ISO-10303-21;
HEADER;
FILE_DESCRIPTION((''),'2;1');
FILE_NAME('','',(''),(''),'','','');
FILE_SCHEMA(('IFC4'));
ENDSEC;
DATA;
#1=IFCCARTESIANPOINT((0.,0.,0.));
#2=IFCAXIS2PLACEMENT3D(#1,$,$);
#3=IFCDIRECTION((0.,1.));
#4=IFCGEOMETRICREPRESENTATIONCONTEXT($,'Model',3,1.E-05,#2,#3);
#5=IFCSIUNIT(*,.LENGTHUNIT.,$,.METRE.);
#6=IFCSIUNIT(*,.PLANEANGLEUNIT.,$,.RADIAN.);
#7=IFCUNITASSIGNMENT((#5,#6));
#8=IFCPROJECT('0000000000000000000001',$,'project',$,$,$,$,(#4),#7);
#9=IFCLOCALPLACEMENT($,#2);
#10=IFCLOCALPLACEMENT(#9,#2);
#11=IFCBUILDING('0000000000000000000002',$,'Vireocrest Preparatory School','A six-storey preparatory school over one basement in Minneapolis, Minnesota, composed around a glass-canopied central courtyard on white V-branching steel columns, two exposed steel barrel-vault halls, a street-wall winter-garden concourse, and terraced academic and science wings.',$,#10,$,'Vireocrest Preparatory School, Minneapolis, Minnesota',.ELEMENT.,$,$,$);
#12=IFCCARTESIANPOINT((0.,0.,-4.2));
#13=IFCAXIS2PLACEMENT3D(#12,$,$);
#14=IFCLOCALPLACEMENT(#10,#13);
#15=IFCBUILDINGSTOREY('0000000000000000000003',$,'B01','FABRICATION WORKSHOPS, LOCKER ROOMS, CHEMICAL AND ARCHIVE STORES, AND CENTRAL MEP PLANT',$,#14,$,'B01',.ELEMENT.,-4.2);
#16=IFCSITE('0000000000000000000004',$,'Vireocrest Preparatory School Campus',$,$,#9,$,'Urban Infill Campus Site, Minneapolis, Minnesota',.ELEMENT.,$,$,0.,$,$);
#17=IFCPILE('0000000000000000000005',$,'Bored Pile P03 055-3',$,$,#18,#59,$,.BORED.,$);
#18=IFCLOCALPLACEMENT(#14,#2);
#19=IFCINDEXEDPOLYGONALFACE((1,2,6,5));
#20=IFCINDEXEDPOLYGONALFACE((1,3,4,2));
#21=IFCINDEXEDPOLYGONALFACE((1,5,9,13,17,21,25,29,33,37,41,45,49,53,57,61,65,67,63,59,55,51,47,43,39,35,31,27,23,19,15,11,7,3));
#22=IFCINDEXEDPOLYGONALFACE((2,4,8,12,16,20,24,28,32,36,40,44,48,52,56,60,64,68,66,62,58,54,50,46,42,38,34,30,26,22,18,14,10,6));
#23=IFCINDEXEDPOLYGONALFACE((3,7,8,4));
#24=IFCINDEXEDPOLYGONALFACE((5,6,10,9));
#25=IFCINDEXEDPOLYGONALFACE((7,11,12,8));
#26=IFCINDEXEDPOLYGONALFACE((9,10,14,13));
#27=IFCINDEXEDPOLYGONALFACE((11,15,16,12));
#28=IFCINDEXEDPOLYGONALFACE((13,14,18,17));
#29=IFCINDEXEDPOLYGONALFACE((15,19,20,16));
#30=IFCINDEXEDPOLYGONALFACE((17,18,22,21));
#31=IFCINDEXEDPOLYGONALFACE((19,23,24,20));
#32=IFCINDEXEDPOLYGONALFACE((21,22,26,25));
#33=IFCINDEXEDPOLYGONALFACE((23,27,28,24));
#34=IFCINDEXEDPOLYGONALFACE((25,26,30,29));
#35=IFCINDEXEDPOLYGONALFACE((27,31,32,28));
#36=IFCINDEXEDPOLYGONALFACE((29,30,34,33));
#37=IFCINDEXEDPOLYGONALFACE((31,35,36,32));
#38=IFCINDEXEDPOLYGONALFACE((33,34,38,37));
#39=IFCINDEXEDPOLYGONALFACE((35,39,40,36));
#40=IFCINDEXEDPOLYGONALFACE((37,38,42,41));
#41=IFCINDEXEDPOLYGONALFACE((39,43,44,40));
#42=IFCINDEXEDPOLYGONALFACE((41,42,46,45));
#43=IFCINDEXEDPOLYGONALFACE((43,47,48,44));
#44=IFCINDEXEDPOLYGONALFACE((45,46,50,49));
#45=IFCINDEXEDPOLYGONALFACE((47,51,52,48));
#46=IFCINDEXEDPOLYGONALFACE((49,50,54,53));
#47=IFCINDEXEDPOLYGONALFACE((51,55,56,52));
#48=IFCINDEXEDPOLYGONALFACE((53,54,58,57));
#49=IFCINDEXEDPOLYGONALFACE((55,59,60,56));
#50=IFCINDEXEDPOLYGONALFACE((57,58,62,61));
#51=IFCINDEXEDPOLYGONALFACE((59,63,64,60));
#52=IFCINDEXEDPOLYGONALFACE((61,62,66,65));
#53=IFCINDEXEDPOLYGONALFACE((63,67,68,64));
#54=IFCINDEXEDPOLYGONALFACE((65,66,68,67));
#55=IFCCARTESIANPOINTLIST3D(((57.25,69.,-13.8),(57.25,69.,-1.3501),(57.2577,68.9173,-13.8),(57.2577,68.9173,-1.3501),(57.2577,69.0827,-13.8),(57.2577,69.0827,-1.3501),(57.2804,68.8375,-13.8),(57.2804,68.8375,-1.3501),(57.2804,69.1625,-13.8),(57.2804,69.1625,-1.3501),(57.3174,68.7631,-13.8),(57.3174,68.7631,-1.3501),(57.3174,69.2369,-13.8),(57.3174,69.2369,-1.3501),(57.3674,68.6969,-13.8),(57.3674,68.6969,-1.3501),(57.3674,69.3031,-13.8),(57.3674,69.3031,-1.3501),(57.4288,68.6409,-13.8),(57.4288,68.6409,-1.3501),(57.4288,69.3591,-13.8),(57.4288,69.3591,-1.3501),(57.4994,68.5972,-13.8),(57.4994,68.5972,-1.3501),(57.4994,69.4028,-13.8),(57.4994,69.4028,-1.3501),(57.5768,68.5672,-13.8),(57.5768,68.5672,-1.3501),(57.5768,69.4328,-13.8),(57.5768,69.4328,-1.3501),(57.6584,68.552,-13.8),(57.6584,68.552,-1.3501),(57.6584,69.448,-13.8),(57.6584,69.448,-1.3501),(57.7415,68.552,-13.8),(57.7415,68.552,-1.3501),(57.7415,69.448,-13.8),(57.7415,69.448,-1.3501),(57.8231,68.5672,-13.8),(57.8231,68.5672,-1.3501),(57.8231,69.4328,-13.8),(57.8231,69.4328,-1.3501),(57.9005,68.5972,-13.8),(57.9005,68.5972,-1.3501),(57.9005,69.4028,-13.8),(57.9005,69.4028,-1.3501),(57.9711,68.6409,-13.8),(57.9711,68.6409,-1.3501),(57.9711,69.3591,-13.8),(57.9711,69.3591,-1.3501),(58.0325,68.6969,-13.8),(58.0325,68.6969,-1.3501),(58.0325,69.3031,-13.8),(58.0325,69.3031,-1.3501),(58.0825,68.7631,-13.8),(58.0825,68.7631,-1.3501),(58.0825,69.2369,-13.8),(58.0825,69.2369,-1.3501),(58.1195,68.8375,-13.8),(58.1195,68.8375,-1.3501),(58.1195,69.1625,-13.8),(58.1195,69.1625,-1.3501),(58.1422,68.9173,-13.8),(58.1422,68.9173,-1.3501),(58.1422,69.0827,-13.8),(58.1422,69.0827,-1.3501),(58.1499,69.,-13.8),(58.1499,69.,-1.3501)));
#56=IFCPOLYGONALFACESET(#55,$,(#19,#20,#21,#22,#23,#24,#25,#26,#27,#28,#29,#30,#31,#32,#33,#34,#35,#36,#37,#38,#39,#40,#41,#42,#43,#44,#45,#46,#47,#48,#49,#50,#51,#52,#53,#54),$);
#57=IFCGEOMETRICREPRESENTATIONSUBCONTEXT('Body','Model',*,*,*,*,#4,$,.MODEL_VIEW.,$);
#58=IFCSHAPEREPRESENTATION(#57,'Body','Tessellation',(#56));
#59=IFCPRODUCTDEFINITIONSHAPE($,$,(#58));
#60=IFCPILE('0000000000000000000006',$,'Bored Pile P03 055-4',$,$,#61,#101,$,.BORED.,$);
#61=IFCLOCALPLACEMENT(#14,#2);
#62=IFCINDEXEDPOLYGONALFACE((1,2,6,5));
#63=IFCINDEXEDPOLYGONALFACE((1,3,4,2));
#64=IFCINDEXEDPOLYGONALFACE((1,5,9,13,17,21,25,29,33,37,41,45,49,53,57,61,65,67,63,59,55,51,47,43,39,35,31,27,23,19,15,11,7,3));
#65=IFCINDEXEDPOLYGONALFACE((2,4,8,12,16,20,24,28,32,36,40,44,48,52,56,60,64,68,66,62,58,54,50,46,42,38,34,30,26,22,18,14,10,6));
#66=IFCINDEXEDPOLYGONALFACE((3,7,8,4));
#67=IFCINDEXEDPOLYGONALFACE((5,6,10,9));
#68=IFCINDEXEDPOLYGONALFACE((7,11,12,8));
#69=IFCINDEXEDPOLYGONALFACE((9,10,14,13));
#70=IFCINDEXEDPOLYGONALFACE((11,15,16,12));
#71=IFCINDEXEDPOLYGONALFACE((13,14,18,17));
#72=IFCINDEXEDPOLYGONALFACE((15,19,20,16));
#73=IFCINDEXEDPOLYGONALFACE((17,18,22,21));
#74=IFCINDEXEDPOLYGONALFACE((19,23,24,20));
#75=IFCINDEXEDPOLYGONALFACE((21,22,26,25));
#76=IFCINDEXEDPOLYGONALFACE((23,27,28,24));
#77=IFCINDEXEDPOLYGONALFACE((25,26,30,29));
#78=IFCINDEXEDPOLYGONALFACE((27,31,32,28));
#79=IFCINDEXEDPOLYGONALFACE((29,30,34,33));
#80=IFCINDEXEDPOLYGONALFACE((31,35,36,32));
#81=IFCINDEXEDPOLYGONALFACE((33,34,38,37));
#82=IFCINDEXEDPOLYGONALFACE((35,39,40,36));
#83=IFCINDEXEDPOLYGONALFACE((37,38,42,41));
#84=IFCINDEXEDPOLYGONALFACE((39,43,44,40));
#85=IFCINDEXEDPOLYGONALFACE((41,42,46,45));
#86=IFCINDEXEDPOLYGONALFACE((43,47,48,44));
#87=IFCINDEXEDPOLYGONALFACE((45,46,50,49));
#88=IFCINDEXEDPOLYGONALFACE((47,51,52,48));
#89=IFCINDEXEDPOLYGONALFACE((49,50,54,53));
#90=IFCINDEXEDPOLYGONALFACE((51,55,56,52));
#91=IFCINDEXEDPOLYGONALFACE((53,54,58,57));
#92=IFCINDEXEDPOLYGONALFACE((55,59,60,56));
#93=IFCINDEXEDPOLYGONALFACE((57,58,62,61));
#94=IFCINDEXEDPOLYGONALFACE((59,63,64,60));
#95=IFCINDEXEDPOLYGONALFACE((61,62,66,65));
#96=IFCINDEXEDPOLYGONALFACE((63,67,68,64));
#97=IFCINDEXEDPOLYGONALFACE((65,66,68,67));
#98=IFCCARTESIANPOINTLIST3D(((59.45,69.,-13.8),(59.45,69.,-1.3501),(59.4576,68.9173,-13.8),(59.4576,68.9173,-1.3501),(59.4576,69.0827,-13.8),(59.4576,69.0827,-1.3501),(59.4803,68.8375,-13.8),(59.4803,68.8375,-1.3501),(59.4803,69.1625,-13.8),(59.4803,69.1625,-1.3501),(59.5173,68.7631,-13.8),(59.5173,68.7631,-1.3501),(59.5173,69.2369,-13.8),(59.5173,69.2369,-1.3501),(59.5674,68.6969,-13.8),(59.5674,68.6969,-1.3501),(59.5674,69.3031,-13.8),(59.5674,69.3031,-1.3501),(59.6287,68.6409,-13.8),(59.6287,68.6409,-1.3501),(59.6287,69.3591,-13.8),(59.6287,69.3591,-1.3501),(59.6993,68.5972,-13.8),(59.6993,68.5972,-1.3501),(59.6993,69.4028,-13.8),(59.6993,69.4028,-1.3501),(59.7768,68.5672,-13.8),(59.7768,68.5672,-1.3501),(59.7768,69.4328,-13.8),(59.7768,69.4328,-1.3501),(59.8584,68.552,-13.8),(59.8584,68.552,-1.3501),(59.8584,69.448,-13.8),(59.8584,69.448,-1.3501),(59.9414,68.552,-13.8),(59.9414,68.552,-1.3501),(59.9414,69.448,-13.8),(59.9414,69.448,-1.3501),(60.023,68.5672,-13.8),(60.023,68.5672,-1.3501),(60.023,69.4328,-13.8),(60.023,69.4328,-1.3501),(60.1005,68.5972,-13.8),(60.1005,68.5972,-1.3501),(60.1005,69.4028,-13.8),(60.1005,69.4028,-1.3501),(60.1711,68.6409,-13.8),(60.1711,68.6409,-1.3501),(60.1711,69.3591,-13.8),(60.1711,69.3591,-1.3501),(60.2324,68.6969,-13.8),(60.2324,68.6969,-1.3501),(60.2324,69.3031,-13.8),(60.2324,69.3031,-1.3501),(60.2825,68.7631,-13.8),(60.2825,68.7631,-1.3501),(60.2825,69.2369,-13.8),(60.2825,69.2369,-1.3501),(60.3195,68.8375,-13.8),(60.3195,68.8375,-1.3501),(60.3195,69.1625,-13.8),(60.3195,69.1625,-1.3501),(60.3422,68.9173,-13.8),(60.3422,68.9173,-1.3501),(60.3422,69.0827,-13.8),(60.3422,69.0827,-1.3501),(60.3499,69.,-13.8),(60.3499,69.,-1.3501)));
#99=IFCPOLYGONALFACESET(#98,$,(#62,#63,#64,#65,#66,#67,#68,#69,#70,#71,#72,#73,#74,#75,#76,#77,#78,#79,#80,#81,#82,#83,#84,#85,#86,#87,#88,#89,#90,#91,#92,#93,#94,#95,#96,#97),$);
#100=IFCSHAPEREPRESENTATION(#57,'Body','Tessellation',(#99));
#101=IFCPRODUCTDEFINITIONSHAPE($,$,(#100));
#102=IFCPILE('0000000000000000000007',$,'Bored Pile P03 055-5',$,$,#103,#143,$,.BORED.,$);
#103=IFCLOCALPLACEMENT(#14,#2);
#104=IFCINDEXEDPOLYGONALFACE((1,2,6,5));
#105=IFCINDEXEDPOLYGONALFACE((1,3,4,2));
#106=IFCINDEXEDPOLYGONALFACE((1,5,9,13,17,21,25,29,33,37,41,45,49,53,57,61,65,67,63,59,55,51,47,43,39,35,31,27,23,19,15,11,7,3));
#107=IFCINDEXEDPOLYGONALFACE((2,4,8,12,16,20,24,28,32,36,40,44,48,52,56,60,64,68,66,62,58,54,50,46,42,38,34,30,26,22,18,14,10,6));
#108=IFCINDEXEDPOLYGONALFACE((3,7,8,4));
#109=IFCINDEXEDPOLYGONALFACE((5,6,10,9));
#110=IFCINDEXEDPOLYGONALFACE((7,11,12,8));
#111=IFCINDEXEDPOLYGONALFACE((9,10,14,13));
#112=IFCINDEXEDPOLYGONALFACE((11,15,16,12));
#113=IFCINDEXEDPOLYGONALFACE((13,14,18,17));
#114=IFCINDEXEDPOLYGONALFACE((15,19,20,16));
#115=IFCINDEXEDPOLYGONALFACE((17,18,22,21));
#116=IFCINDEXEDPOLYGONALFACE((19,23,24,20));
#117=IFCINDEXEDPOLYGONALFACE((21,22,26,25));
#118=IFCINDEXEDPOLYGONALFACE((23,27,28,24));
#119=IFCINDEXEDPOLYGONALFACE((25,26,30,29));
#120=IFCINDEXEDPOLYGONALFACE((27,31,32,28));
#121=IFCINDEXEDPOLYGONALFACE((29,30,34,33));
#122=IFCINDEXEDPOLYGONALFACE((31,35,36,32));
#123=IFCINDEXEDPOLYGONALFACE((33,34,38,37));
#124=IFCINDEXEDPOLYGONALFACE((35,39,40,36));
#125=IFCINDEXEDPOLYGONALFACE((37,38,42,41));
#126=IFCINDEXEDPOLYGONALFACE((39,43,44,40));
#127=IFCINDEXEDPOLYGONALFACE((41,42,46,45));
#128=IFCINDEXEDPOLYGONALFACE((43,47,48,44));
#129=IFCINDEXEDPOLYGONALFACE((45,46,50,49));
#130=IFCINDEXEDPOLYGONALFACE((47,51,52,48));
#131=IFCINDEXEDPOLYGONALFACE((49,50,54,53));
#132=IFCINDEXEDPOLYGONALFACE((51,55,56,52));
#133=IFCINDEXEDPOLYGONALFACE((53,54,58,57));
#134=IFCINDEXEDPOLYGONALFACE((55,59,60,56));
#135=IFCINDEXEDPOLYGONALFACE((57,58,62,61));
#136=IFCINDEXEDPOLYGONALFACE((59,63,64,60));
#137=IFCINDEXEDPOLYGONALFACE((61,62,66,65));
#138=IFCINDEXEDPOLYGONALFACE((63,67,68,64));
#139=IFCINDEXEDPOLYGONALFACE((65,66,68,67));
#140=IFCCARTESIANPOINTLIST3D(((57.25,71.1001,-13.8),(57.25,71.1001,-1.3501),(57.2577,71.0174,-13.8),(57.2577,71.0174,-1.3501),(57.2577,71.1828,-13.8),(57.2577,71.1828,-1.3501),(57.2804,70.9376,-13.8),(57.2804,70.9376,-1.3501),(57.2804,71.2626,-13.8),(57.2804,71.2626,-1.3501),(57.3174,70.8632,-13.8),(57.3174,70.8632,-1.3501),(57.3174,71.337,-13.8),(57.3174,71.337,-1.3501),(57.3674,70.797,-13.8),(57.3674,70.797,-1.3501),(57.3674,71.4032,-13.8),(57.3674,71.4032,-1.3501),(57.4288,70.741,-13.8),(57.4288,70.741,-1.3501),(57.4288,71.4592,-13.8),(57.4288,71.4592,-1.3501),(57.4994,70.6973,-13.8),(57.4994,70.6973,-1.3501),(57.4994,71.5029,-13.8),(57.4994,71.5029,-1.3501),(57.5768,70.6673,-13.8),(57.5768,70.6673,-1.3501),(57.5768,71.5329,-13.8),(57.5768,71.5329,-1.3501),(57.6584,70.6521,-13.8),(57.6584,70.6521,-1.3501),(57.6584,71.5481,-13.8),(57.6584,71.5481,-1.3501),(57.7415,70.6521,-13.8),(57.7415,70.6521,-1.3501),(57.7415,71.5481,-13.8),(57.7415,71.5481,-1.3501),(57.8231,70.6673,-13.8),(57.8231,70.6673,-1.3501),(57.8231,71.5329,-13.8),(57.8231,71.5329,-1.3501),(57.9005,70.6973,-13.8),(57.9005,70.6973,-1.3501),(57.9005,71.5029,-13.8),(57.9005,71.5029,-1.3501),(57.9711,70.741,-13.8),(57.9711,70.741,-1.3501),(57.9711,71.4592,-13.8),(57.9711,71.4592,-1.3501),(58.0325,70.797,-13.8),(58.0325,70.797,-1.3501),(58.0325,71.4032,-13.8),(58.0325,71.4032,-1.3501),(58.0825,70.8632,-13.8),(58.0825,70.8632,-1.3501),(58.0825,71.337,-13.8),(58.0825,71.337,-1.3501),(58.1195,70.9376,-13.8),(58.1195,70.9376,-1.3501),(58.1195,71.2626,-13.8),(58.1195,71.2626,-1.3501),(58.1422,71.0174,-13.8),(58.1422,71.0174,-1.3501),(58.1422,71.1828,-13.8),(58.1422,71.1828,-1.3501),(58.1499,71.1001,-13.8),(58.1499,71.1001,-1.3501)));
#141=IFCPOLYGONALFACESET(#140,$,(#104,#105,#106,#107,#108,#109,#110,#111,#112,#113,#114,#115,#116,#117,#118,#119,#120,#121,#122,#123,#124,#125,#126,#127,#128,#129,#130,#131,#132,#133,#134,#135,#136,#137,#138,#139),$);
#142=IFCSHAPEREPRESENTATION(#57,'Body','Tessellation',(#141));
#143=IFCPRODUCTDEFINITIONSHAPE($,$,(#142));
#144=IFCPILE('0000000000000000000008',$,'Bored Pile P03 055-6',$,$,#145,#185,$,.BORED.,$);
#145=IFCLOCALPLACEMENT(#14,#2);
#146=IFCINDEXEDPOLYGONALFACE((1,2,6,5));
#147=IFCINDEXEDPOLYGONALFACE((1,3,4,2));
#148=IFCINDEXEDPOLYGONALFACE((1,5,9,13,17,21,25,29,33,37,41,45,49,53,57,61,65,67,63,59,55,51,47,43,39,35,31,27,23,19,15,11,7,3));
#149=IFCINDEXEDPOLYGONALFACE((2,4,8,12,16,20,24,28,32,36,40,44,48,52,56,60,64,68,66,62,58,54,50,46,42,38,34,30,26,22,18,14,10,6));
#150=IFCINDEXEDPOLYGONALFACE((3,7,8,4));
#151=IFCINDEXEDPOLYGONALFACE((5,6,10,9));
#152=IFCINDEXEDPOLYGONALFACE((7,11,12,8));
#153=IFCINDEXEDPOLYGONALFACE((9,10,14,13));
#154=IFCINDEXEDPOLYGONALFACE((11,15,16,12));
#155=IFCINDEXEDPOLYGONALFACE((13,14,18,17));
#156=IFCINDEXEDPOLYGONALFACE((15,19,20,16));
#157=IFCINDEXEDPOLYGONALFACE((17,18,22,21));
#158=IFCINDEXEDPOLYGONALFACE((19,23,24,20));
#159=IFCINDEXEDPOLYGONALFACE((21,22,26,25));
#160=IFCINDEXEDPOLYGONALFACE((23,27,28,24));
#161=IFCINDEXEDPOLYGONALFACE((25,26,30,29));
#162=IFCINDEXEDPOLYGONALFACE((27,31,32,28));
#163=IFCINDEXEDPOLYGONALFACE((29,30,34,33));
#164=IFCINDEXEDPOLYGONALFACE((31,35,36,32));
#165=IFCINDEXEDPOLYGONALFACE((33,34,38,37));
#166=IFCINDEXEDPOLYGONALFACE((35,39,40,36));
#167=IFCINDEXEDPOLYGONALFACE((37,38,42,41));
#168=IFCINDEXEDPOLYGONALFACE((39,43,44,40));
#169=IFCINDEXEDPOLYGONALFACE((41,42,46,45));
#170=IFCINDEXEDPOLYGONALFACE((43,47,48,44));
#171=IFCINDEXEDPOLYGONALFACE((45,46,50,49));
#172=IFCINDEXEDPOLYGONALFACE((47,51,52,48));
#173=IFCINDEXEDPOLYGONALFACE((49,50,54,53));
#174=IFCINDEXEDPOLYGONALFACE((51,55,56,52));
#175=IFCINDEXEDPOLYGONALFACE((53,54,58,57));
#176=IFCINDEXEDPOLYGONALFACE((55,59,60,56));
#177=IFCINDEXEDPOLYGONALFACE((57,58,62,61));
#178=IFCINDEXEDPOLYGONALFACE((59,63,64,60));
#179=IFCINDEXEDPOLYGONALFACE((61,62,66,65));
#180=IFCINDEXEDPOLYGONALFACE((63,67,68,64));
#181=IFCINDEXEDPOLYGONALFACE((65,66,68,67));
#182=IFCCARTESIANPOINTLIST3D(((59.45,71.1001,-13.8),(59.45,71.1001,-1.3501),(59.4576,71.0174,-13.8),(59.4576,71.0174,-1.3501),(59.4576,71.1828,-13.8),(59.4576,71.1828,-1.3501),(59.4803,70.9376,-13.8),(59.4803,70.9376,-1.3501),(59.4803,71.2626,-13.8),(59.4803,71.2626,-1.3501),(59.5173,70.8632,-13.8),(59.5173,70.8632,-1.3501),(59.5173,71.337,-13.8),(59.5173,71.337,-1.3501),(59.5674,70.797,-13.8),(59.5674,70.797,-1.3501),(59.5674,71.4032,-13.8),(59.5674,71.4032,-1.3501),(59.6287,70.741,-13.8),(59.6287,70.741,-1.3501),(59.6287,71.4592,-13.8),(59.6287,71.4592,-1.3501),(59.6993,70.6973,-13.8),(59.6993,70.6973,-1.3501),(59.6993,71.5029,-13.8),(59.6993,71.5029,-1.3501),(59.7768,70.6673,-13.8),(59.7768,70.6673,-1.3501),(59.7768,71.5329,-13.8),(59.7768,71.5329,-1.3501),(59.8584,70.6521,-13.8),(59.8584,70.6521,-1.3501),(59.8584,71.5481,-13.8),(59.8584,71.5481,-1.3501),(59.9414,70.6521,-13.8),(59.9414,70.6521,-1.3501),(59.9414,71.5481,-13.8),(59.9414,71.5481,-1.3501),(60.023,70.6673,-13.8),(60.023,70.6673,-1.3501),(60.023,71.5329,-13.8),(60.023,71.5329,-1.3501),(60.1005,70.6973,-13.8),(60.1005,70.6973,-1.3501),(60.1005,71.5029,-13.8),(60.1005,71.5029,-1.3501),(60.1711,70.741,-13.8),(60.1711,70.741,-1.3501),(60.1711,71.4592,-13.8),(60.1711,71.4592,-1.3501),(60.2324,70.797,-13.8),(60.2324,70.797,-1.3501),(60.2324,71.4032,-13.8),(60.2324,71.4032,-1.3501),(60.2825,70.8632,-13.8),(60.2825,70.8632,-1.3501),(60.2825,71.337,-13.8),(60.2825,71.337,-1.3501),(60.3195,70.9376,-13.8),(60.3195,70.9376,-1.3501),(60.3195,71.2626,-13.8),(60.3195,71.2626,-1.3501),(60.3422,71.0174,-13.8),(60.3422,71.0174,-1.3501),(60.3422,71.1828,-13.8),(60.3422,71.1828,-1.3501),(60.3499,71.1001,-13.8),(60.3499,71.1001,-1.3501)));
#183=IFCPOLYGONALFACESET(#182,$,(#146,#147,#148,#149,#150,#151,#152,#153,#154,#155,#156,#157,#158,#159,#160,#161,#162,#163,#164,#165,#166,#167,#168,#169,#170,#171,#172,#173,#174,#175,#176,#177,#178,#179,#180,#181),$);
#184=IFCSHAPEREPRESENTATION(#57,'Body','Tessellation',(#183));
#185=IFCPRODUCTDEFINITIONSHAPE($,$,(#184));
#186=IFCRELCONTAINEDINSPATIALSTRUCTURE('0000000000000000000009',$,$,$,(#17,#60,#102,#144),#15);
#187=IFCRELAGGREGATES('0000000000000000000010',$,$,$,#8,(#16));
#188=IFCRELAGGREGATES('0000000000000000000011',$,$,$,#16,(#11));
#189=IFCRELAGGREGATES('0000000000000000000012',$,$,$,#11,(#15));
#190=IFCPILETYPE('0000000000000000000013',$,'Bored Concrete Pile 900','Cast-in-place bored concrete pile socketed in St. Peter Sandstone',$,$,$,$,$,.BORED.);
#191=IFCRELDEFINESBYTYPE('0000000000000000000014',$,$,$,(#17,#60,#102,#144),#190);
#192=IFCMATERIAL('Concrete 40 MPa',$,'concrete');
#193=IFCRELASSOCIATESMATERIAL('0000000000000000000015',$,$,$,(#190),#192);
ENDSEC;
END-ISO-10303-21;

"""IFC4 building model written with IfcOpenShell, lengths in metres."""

from ifc_helpers import new_model, si_unit, direction, frame, origin, origin_2d, place, context, subcontext, project, spatial, circle, extrude, material, material_profile, profile_set, type_object, element, save


model = new_model("IFC4")

# Units and contexts
model_context = context("Model", 3, precision=1e-05, world=origin(), true_north=direction((0.0, 1.0)))
body_context = subcontext(model_context, "Body", "Model", "MODEL_VIEW")
ifc_project = project(units=[si_unit("LENGTHUNIT", "METRE"), si_unit("PLANEANGLEUNIT", "RADIAN")], contexts=[model_context])

# Site, building, storey
site_placement = place(None, origin())
site = spatial("IfcSite", under=ifc_project, at=site_placement, Name="Vireocrest Preparatory School Campus", LongName="Urban Infill Campus Site, Minneapolis, Minnesota", CompositionType="ELEMENT", RefElevation=0.0)
building_placement = place(site_placement, origin())
building = spatial("IfcBuilding", under=site, at=building_placement, Name="Vireocrest Preparatory School", Description="A six-storey preparatory school over one basement in Minneapolis, Minnesota, composed around a glass-canopied central courtyard on white V-branching steel columns, two exposed steel barrel-vault halls, a street-wall winter-garden concourse, and terraced academic and science wings.", LongName="Vireocrest Preparatory School, Minneapolis, Minnesota", CompositionType="ELEMENT")
storey_placement = place(building_placement, frame((0.0, 0.0, -4.2)))
storey = spatial("IfcBuildingStorey", under=building, at=storey_placement, Name="B01", Description="FABRICATION WORKSHOPS, LOCKER ROOMS, CHEMICAL AND ARCHIVE STORES, AND CENTRAL MEP PLANT", LongName="B01", CompositionType="ELEMENT", Elevation=-4.2)

# Piles
ifc_material_1 = material(Name="Concrete 40 MPa", Category="concrete")
ifc_material_profile_1 = material_profile(ifc_material_1, circle(Radius=0.45, at=origin_2d()), Name="BORED PILE 900")
ifc_profile_set_1 = profile_set([ifc_material_profile_1], Name="Concrete 40 MPa")
pile_type = type_object("IfcPileType", Name="Bored Concrete Pile 900", Description="Cast-in-place bored concrete pile socketed in St. Peter Sandstone", PredefinedType="BORED", material=ifc_profile_set_1)
for number, where, z_axis, x_axis, name in (
    (1, (57.7, 69.0, -1.3501), (0.0, 0.0, -1.0), (1.0, 0.0, 0.0), "Bored Pile P03 055-3"),
    (2, (59.8999, 69.0, -1.3501), (0.0, 0.0, -1.0), (1.0, 0.0, 0.0), "Bored Pile P03 055-4"),
    (3, (57.7, 71.1001, -1.3501), (0.0, 0.0, -1.0), (1.0, 0.0, 0.0), "Bored Pile P03 055-5"),
    (4, (59.8999, 71.1001, -1.3501), (0.0, 0.0, -1.0), (1.0, 0.0, 0.0), "Bored Pile P03 055-6"),
):
    element("IfcPile", number, at=place(storey_placement, frame(where, z_axis=z_axis, x_axis=x_axis)), inside=storey, type_object=pile_type, Name=name, PredefinedType="BORED", context=body_context, shape_type="SweptSolid", body=[
        extrude(circle(Radius=0.45, at=origin_2d()), origin(), (0.0, 0.0, 1.0), 12.45),
    ])

save(model, "model.ifc")
